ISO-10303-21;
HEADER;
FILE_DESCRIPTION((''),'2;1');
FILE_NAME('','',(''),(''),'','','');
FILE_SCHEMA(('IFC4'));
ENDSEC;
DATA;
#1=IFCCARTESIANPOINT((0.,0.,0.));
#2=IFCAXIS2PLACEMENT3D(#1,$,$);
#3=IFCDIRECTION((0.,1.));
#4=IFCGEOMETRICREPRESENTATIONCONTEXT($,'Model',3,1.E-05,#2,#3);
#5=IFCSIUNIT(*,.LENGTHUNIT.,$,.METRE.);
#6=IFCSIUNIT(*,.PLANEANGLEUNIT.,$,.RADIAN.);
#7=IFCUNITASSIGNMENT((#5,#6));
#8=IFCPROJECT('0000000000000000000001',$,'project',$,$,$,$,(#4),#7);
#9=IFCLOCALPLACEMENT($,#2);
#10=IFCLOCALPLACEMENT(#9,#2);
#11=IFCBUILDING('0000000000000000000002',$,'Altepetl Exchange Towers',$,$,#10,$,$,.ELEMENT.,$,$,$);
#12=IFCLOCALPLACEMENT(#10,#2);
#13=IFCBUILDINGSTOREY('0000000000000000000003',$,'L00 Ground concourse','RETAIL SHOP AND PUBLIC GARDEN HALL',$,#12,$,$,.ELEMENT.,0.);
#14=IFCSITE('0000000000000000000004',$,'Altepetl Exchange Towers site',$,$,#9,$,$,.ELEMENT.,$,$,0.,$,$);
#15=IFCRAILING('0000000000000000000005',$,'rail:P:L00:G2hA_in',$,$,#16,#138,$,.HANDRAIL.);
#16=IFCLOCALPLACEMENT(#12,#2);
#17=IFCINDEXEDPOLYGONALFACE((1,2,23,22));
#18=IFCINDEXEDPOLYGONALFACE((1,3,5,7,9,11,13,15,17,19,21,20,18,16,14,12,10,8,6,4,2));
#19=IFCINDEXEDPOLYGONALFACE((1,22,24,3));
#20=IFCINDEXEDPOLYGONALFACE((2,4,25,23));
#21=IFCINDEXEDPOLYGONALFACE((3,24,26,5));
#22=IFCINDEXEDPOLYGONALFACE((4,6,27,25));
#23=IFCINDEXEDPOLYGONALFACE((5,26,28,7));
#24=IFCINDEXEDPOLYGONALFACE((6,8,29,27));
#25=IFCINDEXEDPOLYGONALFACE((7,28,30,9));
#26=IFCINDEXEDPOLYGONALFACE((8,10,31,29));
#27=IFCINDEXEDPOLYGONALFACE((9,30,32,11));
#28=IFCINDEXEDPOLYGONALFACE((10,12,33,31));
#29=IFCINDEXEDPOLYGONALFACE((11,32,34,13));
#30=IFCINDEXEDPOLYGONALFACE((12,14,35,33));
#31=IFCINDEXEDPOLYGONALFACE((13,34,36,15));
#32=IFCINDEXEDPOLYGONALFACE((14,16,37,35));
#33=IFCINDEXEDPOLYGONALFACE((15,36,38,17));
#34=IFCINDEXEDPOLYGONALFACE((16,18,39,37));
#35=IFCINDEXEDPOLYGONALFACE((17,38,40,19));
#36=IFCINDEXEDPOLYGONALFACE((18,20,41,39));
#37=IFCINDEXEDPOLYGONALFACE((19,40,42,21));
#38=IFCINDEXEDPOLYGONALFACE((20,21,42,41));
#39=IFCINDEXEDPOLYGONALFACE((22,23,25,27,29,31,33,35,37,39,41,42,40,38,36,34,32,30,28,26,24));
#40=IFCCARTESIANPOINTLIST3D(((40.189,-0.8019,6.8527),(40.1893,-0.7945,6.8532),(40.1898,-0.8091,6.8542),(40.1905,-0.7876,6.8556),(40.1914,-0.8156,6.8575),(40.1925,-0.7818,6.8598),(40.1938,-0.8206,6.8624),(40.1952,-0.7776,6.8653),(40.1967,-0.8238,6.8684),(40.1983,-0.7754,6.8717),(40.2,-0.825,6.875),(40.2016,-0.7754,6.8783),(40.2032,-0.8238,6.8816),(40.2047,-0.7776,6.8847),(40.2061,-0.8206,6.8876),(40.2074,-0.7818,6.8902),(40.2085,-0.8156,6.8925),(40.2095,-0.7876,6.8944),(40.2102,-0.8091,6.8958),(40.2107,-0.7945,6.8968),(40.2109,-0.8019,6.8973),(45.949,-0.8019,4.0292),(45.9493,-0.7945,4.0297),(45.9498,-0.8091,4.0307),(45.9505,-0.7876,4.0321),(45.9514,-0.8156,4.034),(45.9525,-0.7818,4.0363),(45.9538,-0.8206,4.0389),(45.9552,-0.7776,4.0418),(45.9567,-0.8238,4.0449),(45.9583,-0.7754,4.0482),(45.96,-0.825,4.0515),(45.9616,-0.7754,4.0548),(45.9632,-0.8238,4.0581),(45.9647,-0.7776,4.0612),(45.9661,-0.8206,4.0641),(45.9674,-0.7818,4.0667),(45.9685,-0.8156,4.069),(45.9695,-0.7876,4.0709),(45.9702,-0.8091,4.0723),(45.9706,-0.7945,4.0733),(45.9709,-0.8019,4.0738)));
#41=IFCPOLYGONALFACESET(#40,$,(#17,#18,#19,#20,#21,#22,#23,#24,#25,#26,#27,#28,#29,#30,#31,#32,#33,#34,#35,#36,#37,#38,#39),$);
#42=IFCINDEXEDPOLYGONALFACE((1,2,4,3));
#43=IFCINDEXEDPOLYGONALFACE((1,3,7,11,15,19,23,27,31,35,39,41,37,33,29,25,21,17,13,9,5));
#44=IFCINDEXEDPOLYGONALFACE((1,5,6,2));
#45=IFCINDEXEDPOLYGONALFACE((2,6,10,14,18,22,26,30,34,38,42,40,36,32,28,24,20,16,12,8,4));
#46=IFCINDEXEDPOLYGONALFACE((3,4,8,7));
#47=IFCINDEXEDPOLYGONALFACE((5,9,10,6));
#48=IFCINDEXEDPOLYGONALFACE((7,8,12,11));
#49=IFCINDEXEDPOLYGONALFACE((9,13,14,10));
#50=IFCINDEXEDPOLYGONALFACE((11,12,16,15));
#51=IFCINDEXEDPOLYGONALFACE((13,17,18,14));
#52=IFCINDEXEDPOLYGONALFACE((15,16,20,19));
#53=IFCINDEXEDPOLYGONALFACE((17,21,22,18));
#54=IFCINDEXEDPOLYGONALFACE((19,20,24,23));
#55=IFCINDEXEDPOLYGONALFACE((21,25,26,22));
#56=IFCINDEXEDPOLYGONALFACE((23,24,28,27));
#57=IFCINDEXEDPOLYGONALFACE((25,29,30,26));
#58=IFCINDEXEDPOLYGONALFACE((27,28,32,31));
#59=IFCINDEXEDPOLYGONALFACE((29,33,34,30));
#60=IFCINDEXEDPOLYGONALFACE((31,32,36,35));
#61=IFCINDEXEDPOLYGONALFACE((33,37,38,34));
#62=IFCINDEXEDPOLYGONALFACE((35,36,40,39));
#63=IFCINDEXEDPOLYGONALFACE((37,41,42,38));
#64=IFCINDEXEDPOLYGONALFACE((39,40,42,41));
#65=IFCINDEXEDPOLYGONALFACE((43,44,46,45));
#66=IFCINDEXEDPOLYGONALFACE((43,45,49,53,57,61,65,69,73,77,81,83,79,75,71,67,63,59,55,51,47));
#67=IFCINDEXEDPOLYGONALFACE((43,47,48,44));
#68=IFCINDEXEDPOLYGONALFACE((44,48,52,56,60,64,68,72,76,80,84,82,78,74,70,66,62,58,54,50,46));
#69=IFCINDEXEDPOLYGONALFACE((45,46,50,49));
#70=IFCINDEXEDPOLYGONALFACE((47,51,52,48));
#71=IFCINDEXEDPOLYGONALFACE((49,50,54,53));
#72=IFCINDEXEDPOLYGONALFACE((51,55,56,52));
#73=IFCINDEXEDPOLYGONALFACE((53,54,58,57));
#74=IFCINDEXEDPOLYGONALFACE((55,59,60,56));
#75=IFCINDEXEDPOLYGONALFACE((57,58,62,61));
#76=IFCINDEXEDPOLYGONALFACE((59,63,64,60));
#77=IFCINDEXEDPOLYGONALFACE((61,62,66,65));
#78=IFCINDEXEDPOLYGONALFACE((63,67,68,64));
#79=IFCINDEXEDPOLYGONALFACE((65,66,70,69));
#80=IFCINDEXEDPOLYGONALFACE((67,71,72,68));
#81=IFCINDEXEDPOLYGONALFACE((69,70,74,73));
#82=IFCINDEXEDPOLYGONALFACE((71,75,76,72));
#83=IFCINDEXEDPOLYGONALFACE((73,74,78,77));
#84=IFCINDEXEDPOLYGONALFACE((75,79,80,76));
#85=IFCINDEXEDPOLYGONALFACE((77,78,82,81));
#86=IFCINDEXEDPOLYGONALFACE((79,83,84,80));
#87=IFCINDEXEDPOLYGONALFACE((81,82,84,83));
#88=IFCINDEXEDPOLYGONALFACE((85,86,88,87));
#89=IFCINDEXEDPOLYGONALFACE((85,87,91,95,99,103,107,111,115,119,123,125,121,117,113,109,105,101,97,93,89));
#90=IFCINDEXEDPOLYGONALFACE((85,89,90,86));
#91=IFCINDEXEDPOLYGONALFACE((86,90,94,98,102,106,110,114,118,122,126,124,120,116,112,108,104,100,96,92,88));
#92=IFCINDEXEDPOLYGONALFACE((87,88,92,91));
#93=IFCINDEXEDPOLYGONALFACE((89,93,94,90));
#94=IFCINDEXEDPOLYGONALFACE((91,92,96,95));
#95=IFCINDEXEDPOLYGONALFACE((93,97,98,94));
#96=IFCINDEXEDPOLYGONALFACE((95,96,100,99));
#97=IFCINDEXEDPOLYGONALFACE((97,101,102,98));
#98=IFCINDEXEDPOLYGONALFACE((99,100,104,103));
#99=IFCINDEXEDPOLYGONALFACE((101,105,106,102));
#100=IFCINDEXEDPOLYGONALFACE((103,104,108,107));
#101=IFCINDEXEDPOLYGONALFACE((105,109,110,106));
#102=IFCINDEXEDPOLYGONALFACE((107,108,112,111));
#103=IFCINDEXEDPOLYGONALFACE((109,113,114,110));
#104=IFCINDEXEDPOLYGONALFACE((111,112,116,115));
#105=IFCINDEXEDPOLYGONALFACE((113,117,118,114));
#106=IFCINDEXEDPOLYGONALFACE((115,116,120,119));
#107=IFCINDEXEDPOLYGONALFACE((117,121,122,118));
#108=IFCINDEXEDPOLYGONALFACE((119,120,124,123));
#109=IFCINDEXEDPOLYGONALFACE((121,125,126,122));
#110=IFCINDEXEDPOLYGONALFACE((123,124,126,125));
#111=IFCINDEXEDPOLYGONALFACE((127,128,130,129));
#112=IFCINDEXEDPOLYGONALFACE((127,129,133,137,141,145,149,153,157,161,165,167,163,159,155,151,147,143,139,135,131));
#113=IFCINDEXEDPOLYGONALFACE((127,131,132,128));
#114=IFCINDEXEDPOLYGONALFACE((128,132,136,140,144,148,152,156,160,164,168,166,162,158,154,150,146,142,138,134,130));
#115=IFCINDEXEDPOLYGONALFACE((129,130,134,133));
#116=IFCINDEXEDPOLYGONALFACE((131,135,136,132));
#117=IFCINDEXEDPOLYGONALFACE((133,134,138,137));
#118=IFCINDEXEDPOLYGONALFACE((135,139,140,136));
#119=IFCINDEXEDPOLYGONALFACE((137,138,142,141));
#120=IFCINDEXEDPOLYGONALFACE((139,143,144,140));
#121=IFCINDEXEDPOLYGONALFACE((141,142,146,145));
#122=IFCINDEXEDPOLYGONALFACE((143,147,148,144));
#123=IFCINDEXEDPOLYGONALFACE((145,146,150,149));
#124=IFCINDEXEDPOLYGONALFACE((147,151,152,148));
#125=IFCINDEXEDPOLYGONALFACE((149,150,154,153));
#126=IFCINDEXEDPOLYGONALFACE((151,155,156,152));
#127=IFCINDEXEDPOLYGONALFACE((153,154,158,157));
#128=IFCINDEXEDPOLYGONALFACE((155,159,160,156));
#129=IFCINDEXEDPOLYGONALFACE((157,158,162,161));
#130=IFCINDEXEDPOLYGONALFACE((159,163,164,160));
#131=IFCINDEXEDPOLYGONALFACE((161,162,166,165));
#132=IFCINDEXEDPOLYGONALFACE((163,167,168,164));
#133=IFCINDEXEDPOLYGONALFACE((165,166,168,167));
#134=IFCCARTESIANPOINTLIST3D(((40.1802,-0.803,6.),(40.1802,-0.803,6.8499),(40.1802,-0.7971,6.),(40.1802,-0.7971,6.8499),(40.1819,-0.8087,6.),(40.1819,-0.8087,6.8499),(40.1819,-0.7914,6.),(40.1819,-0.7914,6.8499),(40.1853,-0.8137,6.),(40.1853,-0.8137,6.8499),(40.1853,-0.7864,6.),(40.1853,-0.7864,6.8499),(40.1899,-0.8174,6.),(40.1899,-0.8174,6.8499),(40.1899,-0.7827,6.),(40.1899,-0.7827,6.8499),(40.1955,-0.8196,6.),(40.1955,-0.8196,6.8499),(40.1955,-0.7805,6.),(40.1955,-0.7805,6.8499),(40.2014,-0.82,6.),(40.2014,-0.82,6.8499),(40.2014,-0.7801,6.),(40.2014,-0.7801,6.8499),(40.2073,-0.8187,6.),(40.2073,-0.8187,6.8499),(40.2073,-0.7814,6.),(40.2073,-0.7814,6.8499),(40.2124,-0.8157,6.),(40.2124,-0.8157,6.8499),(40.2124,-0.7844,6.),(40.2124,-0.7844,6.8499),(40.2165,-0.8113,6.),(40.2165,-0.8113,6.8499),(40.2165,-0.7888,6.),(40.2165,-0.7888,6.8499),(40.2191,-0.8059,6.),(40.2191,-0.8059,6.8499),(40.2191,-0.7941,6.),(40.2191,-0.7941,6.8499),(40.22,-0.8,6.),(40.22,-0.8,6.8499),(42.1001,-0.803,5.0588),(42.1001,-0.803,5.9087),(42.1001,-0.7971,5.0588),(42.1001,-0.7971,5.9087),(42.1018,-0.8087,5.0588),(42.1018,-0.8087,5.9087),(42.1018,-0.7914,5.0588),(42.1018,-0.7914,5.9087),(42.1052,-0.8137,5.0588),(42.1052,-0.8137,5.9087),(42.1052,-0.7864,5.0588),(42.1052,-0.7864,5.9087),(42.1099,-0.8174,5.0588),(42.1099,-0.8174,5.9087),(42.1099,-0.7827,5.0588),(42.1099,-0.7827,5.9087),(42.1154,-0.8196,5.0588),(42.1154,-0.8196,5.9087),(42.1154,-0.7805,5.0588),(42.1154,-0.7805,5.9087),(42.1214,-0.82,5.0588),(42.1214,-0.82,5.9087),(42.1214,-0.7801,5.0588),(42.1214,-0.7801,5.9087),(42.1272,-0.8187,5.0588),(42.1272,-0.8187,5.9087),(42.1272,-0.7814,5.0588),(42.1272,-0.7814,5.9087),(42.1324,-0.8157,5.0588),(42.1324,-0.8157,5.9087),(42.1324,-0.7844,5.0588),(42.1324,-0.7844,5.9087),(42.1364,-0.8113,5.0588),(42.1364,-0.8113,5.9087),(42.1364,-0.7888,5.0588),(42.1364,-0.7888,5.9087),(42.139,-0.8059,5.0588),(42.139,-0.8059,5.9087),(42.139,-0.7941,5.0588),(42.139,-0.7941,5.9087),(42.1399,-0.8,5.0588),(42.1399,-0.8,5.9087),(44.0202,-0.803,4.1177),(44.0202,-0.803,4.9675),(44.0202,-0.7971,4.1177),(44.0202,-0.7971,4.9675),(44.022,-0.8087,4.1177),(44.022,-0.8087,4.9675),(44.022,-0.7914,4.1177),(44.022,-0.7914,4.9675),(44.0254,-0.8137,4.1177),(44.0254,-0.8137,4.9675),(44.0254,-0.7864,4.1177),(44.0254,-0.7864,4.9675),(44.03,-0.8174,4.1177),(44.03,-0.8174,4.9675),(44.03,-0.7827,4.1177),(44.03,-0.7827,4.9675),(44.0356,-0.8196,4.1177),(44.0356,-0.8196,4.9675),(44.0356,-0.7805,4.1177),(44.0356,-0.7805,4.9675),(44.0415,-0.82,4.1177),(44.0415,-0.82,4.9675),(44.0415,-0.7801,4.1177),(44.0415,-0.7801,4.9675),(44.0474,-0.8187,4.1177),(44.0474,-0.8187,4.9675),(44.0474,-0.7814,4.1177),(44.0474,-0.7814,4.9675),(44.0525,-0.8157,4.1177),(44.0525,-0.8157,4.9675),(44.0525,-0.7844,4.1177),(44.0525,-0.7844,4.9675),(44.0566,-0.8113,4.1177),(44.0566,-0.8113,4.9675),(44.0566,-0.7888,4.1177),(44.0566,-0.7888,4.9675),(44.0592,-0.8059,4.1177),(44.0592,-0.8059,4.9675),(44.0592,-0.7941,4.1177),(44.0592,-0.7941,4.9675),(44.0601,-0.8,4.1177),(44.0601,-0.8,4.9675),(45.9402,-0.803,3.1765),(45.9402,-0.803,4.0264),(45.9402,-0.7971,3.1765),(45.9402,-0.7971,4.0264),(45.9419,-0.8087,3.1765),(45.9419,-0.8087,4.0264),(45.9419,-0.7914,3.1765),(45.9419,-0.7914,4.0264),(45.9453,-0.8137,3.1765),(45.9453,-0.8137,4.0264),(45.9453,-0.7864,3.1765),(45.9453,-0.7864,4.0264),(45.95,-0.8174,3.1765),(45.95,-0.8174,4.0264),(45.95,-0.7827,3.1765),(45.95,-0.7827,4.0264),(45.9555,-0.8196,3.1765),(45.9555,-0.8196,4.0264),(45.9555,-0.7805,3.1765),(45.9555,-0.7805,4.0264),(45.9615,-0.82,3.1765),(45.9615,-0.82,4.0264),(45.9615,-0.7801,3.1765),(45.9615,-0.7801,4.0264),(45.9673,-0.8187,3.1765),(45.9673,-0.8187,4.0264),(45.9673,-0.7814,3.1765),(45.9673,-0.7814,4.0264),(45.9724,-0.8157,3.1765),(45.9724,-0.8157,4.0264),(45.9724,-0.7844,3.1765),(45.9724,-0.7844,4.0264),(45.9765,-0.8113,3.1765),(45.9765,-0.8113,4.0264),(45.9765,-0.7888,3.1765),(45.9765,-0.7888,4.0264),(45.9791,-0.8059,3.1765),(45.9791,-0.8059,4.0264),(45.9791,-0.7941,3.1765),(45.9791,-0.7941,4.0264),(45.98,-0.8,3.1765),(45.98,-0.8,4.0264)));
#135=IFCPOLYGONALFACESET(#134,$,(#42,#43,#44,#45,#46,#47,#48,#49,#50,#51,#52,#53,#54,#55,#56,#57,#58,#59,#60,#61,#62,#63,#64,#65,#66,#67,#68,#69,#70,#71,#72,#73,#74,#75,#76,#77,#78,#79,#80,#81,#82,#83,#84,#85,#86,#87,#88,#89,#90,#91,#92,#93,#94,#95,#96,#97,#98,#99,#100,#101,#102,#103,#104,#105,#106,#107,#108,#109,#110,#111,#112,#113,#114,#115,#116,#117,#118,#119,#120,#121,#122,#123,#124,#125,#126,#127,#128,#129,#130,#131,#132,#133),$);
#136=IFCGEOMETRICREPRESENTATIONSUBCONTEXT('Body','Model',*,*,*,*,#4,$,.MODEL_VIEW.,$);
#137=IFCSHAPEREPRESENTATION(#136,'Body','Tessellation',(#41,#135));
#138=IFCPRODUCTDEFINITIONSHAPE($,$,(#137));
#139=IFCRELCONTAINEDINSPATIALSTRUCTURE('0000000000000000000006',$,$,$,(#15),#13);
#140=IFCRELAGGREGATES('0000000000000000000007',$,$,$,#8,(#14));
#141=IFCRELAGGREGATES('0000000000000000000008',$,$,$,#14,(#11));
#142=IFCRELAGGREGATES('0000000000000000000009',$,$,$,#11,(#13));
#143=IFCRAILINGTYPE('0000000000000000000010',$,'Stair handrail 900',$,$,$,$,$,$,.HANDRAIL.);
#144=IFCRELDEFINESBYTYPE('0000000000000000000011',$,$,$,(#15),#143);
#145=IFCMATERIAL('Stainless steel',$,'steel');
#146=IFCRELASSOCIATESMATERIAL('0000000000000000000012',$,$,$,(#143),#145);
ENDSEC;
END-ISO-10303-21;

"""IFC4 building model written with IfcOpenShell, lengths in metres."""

from ifc_helpers import new_model, si_unit, direction, frame, origin, origin_2d, place, context, subcontext, project, spatial, circle, extrude, source, transform, mapped, material, type_object, element, save


model = new_model("IFC4")

# Units and contexts
model_context = context("Model", 3, precision=1e-05, world=origin(), true_north=direction((0.0, 1.0)))
body_context = subcontext(model_context, "Body", "Model", "MODEL_VIEW")
ifc_project = project(units=[si_unit("LENGTHUNIT", "METRE"), si_unit("PLANEANGLEUNIT", "RADIAN")], contexts=[model_context])

# Site, building, storey
site_placement = place(None, origin())
site = spatial("IfcSite", under=ifc_project, at=site_placement, Name="Altepetl Exchange Towers site", CompositionType="ELEMENT", RefElevation=0.0)
building_placement = place(site_placement, origin())
building = spatial("IfcBuilding", under=site, at=building_placement, Name="Altepetl Exchange Towers", CompositionType="ELEMENT")
storey_placement = place(building_placement, origin())
storey = spatial("IfcBuildingStorey", under=building, at=storey_placement, Name="L00 Ground concourse", Description="RETAIL SHOP AND PUBLIC GARDEN HALL", CompositionType="ELEMENT", Elevation=0.0)

# Railing
ifc_material_1 = material(Name="Stainless steel", Category="steel")
railing_type_1 = type_object("IfcRailingType", Name="Stair handrail 900", PredefinedType="HANDRAIL", material=ifc_material_1)
shared_shape_1 = source(origin(), body_context, "Body", "SweptSolid", [
    extrude(circle(Radius=0.02, at=origin_2d()), origin(), (0.0, 0.0, 1.0), 0.8499),
])
for number, where, name in (
    (1, (45.96, -0.8, 3.1765), "rail:P:L00:G2hA_in"),
):
    element("IfcRailing", number, at=place(storey_placement, frame(where)), inside=storey, type_object=railing_type_1, Name=name, PredefinedType="HANDRAIL", context=body_context, shape_type="SweptSolid", body=[
        extrude(circle(Radius=0.0249, at=origin_2d()), frame((0.0, 0.0, 0.875), z_axis=(-0.897924, 0.0, 0.440151), x_axis=(0.0, -1.0, 0.0)), (0.0, 0.0, 1.0), 6.4148),
        mapped(shared_shape_1, transform((0.0, 0.0, 0.0))),
        mapped(shared_shape_1, transform((-1.9199, 0.0, 0.9412))),
        mapped(shared_shape_1, transform((-3.8401, 0.0, 1.8823))),
        mapped(shared_shape_1, transform((-5.76, 0.0, 2.8235))),
    ])

save(model, "model.ifc")
